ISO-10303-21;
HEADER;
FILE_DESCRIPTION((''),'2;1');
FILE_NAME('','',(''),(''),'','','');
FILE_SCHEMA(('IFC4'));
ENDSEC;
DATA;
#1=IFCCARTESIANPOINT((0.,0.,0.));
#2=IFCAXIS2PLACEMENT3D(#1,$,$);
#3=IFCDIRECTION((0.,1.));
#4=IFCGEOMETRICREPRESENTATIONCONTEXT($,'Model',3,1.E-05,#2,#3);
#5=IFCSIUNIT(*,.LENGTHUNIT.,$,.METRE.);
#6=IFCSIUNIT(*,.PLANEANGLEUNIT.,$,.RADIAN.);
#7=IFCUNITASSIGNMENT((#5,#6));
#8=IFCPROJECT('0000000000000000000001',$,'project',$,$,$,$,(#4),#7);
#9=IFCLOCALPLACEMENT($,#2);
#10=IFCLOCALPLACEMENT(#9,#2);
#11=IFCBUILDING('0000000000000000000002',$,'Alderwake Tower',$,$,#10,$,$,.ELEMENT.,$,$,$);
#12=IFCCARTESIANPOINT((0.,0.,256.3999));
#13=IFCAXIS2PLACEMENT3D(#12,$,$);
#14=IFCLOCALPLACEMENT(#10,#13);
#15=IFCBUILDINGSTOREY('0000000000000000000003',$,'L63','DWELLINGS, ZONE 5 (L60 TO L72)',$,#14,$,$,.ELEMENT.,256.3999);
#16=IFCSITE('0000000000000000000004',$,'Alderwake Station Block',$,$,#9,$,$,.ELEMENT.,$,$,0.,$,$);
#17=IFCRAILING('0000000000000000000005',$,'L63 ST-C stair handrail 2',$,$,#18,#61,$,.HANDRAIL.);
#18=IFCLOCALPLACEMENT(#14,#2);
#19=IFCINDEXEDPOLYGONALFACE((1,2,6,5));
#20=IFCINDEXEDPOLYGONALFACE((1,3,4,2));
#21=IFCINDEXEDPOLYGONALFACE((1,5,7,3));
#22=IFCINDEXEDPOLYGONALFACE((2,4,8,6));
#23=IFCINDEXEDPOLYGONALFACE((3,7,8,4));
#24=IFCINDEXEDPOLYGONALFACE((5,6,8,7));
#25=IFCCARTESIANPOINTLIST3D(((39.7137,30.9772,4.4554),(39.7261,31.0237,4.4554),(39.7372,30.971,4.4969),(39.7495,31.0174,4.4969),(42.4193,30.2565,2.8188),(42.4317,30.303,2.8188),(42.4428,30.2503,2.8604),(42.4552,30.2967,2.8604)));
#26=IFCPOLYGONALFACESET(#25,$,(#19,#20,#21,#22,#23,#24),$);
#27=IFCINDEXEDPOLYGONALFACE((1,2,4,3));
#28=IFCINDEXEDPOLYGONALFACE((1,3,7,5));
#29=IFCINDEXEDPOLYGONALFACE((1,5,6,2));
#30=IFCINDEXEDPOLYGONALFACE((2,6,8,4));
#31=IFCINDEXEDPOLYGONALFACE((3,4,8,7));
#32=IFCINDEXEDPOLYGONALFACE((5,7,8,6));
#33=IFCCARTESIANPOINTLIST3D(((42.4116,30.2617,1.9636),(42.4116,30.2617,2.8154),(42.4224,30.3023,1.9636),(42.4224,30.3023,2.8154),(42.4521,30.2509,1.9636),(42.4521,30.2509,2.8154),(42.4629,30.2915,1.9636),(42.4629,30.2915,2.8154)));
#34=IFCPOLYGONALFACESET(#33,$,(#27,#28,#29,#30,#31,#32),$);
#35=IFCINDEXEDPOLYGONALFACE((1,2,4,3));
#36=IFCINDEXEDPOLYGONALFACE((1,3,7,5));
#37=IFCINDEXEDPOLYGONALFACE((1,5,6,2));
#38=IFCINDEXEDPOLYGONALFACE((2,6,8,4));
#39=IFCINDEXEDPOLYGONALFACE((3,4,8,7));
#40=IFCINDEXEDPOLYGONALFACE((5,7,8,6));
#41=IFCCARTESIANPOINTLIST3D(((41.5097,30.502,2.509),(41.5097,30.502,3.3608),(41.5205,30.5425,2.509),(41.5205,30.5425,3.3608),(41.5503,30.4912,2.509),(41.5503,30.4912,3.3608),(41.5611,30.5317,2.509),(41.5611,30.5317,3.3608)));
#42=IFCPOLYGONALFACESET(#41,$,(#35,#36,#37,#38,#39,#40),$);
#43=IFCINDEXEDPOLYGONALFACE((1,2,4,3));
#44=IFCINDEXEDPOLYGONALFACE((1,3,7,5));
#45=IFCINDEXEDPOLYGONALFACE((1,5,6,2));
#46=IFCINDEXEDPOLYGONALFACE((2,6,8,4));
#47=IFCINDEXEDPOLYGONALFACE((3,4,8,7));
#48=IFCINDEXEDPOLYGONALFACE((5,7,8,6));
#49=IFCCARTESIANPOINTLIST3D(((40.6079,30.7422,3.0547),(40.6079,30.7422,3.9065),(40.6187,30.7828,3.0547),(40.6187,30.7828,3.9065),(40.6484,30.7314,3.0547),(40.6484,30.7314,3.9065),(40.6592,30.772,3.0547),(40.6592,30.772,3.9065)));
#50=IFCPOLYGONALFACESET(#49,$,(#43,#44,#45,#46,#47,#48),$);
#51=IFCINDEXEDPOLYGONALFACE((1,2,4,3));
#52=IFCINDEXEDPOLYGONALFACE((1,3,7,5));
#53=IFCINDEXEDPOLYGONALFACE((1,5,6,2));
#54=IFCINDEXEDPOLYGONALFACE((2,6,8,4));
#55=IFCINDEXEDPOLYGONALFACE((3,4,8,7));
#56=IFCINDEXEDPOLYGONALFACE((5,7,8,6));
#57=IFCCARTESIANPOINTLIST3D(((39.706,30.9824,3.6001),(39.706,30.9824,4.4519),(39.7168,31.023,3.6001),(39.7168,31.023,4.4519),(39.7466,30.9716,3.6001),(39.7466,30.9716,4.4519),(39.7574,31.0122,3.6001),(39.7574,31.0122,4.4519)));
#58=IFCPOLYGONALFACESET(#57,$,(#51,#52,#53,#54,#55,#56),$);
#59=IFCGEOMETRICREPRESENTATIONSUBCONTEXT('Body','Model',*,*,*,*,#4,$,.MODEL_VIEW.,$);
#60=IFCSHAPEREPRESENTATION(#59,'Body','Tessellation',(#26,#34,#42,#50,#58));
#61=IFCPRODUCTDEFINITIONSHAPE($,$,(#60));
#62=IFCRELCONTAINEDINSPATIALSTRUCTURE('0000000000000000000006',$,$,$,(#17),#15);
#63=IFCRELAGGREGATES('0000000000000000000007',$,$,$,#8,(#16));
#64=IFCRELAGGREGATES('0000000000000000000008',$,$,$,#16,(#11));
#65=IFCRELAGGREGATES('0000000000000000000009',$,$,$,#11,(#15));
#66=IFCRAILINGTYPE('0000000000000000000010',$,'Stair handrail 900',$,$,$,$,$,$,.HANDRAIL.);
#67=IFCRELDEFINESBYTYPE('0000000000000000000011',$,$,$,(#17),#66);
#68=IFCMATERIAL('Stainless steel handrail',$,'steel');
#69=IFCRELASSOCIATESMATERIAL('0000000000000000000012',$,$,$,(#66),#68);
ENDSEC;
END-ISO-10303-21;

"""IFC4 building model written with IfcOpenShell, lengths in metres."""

from ifc_helpers import new_model, si_unit, direction, frame, origin, origin_2d, place, context, subcontext, project, spatial, rectangle, extrude, material, type_object, element, save


model = new_model("IFC4")

# Units and contexts
model_context = context("Model", 3, precision=1e-05, world=origin(), true_north=direction((0.0, 1.0)))
body_context = subcontext(model_context, "Body", "Model", "MODEL_VIEW")
ifc_project = project(units=[si_unit("LENGTHUNIT", "METRE"), si_unit("PLANEANGLEUNIT", "RADIAN")], contexts=[model_context])

# Site, building, storey
site_placement = place(None, origin())
site = spatial("IfcSite", under=ifc_project, at=site_placement, Name="Alderwake Station Block", CompositionType="ELEMENT", RefElevation=0.0)
building_placement = place(site_placement, origin())
building = spatial("IfcBuilding", under=site, at=building_placement, Name="Alderwake Tower", CompositionType="ELEMENT")
storey_placement = place(building_placement, frame((0.0, 0.0, 256.3999)))
storey = spatial("IfcBuildingStorey", under=building, at=storey_placement, Name="L63", Description="DWELLINGS, ZONE 5 (L60 TO L72)", CompositionType="ELEMENT", Elevation=256.3999)

# Railing
ifc_material_1 = material(Name="Stainless steel handrail", Category="steel")
railing_type_1 = type_object("IfcRailingType", Name="Stair handrail 900", PredefinedType="HANDRAIL", material=ifc_material_1)
railing_1_placement = place(storey_placement, frame((42.4373, 30.2766, 1.9636)))
element("IfcRailing", 1, at=railing_1_placement, inside=storey, type_object=railing_type_1, Name="L63 ST-C stair handrail 2", PredefinedType="HANDRAIL", context=body_context, shape_type="SweptSolid", body=[
    extrude(rectangle(XDim=0.0481, YDim=0.0481, at=origin_2d()), frame((0.0, 0.0, 0.876), z_axis=(-0.834259, 0.222228, 0.504605), x_axis=(-0.257402, -0.966304, 0.0)), (0.0, 0.0, 1.0), 3.2432),
    extrude(rectangle(XDim=0.042, YDim=0.042, at=origin_2d()), frame((0.0, 0.0, 0.0), z_axis=(0.0, 0.0, 1.0), x_axis=(-0.966304, 0.257402, 0.0)), (0.0, 0.0, 1.0), 0.8518),
    extrude(rectangle(XDim=0.042, YDim=0.042, at=origin_2d()), frame((-0.9019, 0.2402, 0.5454), z_axis=(0.0, 0.0, 1.0), x_axis=(-0.966304, 0.257402, 0.0)), (0.0, 0.0, 1.0), 0.8518),
    extrude(rectangle(XDim=0.042, YDim=0.042, at=origin_2d()), frame((-1.8037, 0.4805, 1.0911), z_axis=(0.0, 0.0, 1.0), x_axis=(-0.966304, 0.257402, 0.0)), (0.0, 0.0, 1.0), 0.8518),
    extrude(rectangle(XDim=0.042, YDim=0.042, at=origin_2d()), frame((-2.7056, 0.7207, 1.6365), z_axis=(0.0, 0.0, 1.0), x_axis=(-0.966304, 0.257402, 0.0)), (0.0, 0.0, 1.0), 0.8518),
])

save(model, "model.ifc")
